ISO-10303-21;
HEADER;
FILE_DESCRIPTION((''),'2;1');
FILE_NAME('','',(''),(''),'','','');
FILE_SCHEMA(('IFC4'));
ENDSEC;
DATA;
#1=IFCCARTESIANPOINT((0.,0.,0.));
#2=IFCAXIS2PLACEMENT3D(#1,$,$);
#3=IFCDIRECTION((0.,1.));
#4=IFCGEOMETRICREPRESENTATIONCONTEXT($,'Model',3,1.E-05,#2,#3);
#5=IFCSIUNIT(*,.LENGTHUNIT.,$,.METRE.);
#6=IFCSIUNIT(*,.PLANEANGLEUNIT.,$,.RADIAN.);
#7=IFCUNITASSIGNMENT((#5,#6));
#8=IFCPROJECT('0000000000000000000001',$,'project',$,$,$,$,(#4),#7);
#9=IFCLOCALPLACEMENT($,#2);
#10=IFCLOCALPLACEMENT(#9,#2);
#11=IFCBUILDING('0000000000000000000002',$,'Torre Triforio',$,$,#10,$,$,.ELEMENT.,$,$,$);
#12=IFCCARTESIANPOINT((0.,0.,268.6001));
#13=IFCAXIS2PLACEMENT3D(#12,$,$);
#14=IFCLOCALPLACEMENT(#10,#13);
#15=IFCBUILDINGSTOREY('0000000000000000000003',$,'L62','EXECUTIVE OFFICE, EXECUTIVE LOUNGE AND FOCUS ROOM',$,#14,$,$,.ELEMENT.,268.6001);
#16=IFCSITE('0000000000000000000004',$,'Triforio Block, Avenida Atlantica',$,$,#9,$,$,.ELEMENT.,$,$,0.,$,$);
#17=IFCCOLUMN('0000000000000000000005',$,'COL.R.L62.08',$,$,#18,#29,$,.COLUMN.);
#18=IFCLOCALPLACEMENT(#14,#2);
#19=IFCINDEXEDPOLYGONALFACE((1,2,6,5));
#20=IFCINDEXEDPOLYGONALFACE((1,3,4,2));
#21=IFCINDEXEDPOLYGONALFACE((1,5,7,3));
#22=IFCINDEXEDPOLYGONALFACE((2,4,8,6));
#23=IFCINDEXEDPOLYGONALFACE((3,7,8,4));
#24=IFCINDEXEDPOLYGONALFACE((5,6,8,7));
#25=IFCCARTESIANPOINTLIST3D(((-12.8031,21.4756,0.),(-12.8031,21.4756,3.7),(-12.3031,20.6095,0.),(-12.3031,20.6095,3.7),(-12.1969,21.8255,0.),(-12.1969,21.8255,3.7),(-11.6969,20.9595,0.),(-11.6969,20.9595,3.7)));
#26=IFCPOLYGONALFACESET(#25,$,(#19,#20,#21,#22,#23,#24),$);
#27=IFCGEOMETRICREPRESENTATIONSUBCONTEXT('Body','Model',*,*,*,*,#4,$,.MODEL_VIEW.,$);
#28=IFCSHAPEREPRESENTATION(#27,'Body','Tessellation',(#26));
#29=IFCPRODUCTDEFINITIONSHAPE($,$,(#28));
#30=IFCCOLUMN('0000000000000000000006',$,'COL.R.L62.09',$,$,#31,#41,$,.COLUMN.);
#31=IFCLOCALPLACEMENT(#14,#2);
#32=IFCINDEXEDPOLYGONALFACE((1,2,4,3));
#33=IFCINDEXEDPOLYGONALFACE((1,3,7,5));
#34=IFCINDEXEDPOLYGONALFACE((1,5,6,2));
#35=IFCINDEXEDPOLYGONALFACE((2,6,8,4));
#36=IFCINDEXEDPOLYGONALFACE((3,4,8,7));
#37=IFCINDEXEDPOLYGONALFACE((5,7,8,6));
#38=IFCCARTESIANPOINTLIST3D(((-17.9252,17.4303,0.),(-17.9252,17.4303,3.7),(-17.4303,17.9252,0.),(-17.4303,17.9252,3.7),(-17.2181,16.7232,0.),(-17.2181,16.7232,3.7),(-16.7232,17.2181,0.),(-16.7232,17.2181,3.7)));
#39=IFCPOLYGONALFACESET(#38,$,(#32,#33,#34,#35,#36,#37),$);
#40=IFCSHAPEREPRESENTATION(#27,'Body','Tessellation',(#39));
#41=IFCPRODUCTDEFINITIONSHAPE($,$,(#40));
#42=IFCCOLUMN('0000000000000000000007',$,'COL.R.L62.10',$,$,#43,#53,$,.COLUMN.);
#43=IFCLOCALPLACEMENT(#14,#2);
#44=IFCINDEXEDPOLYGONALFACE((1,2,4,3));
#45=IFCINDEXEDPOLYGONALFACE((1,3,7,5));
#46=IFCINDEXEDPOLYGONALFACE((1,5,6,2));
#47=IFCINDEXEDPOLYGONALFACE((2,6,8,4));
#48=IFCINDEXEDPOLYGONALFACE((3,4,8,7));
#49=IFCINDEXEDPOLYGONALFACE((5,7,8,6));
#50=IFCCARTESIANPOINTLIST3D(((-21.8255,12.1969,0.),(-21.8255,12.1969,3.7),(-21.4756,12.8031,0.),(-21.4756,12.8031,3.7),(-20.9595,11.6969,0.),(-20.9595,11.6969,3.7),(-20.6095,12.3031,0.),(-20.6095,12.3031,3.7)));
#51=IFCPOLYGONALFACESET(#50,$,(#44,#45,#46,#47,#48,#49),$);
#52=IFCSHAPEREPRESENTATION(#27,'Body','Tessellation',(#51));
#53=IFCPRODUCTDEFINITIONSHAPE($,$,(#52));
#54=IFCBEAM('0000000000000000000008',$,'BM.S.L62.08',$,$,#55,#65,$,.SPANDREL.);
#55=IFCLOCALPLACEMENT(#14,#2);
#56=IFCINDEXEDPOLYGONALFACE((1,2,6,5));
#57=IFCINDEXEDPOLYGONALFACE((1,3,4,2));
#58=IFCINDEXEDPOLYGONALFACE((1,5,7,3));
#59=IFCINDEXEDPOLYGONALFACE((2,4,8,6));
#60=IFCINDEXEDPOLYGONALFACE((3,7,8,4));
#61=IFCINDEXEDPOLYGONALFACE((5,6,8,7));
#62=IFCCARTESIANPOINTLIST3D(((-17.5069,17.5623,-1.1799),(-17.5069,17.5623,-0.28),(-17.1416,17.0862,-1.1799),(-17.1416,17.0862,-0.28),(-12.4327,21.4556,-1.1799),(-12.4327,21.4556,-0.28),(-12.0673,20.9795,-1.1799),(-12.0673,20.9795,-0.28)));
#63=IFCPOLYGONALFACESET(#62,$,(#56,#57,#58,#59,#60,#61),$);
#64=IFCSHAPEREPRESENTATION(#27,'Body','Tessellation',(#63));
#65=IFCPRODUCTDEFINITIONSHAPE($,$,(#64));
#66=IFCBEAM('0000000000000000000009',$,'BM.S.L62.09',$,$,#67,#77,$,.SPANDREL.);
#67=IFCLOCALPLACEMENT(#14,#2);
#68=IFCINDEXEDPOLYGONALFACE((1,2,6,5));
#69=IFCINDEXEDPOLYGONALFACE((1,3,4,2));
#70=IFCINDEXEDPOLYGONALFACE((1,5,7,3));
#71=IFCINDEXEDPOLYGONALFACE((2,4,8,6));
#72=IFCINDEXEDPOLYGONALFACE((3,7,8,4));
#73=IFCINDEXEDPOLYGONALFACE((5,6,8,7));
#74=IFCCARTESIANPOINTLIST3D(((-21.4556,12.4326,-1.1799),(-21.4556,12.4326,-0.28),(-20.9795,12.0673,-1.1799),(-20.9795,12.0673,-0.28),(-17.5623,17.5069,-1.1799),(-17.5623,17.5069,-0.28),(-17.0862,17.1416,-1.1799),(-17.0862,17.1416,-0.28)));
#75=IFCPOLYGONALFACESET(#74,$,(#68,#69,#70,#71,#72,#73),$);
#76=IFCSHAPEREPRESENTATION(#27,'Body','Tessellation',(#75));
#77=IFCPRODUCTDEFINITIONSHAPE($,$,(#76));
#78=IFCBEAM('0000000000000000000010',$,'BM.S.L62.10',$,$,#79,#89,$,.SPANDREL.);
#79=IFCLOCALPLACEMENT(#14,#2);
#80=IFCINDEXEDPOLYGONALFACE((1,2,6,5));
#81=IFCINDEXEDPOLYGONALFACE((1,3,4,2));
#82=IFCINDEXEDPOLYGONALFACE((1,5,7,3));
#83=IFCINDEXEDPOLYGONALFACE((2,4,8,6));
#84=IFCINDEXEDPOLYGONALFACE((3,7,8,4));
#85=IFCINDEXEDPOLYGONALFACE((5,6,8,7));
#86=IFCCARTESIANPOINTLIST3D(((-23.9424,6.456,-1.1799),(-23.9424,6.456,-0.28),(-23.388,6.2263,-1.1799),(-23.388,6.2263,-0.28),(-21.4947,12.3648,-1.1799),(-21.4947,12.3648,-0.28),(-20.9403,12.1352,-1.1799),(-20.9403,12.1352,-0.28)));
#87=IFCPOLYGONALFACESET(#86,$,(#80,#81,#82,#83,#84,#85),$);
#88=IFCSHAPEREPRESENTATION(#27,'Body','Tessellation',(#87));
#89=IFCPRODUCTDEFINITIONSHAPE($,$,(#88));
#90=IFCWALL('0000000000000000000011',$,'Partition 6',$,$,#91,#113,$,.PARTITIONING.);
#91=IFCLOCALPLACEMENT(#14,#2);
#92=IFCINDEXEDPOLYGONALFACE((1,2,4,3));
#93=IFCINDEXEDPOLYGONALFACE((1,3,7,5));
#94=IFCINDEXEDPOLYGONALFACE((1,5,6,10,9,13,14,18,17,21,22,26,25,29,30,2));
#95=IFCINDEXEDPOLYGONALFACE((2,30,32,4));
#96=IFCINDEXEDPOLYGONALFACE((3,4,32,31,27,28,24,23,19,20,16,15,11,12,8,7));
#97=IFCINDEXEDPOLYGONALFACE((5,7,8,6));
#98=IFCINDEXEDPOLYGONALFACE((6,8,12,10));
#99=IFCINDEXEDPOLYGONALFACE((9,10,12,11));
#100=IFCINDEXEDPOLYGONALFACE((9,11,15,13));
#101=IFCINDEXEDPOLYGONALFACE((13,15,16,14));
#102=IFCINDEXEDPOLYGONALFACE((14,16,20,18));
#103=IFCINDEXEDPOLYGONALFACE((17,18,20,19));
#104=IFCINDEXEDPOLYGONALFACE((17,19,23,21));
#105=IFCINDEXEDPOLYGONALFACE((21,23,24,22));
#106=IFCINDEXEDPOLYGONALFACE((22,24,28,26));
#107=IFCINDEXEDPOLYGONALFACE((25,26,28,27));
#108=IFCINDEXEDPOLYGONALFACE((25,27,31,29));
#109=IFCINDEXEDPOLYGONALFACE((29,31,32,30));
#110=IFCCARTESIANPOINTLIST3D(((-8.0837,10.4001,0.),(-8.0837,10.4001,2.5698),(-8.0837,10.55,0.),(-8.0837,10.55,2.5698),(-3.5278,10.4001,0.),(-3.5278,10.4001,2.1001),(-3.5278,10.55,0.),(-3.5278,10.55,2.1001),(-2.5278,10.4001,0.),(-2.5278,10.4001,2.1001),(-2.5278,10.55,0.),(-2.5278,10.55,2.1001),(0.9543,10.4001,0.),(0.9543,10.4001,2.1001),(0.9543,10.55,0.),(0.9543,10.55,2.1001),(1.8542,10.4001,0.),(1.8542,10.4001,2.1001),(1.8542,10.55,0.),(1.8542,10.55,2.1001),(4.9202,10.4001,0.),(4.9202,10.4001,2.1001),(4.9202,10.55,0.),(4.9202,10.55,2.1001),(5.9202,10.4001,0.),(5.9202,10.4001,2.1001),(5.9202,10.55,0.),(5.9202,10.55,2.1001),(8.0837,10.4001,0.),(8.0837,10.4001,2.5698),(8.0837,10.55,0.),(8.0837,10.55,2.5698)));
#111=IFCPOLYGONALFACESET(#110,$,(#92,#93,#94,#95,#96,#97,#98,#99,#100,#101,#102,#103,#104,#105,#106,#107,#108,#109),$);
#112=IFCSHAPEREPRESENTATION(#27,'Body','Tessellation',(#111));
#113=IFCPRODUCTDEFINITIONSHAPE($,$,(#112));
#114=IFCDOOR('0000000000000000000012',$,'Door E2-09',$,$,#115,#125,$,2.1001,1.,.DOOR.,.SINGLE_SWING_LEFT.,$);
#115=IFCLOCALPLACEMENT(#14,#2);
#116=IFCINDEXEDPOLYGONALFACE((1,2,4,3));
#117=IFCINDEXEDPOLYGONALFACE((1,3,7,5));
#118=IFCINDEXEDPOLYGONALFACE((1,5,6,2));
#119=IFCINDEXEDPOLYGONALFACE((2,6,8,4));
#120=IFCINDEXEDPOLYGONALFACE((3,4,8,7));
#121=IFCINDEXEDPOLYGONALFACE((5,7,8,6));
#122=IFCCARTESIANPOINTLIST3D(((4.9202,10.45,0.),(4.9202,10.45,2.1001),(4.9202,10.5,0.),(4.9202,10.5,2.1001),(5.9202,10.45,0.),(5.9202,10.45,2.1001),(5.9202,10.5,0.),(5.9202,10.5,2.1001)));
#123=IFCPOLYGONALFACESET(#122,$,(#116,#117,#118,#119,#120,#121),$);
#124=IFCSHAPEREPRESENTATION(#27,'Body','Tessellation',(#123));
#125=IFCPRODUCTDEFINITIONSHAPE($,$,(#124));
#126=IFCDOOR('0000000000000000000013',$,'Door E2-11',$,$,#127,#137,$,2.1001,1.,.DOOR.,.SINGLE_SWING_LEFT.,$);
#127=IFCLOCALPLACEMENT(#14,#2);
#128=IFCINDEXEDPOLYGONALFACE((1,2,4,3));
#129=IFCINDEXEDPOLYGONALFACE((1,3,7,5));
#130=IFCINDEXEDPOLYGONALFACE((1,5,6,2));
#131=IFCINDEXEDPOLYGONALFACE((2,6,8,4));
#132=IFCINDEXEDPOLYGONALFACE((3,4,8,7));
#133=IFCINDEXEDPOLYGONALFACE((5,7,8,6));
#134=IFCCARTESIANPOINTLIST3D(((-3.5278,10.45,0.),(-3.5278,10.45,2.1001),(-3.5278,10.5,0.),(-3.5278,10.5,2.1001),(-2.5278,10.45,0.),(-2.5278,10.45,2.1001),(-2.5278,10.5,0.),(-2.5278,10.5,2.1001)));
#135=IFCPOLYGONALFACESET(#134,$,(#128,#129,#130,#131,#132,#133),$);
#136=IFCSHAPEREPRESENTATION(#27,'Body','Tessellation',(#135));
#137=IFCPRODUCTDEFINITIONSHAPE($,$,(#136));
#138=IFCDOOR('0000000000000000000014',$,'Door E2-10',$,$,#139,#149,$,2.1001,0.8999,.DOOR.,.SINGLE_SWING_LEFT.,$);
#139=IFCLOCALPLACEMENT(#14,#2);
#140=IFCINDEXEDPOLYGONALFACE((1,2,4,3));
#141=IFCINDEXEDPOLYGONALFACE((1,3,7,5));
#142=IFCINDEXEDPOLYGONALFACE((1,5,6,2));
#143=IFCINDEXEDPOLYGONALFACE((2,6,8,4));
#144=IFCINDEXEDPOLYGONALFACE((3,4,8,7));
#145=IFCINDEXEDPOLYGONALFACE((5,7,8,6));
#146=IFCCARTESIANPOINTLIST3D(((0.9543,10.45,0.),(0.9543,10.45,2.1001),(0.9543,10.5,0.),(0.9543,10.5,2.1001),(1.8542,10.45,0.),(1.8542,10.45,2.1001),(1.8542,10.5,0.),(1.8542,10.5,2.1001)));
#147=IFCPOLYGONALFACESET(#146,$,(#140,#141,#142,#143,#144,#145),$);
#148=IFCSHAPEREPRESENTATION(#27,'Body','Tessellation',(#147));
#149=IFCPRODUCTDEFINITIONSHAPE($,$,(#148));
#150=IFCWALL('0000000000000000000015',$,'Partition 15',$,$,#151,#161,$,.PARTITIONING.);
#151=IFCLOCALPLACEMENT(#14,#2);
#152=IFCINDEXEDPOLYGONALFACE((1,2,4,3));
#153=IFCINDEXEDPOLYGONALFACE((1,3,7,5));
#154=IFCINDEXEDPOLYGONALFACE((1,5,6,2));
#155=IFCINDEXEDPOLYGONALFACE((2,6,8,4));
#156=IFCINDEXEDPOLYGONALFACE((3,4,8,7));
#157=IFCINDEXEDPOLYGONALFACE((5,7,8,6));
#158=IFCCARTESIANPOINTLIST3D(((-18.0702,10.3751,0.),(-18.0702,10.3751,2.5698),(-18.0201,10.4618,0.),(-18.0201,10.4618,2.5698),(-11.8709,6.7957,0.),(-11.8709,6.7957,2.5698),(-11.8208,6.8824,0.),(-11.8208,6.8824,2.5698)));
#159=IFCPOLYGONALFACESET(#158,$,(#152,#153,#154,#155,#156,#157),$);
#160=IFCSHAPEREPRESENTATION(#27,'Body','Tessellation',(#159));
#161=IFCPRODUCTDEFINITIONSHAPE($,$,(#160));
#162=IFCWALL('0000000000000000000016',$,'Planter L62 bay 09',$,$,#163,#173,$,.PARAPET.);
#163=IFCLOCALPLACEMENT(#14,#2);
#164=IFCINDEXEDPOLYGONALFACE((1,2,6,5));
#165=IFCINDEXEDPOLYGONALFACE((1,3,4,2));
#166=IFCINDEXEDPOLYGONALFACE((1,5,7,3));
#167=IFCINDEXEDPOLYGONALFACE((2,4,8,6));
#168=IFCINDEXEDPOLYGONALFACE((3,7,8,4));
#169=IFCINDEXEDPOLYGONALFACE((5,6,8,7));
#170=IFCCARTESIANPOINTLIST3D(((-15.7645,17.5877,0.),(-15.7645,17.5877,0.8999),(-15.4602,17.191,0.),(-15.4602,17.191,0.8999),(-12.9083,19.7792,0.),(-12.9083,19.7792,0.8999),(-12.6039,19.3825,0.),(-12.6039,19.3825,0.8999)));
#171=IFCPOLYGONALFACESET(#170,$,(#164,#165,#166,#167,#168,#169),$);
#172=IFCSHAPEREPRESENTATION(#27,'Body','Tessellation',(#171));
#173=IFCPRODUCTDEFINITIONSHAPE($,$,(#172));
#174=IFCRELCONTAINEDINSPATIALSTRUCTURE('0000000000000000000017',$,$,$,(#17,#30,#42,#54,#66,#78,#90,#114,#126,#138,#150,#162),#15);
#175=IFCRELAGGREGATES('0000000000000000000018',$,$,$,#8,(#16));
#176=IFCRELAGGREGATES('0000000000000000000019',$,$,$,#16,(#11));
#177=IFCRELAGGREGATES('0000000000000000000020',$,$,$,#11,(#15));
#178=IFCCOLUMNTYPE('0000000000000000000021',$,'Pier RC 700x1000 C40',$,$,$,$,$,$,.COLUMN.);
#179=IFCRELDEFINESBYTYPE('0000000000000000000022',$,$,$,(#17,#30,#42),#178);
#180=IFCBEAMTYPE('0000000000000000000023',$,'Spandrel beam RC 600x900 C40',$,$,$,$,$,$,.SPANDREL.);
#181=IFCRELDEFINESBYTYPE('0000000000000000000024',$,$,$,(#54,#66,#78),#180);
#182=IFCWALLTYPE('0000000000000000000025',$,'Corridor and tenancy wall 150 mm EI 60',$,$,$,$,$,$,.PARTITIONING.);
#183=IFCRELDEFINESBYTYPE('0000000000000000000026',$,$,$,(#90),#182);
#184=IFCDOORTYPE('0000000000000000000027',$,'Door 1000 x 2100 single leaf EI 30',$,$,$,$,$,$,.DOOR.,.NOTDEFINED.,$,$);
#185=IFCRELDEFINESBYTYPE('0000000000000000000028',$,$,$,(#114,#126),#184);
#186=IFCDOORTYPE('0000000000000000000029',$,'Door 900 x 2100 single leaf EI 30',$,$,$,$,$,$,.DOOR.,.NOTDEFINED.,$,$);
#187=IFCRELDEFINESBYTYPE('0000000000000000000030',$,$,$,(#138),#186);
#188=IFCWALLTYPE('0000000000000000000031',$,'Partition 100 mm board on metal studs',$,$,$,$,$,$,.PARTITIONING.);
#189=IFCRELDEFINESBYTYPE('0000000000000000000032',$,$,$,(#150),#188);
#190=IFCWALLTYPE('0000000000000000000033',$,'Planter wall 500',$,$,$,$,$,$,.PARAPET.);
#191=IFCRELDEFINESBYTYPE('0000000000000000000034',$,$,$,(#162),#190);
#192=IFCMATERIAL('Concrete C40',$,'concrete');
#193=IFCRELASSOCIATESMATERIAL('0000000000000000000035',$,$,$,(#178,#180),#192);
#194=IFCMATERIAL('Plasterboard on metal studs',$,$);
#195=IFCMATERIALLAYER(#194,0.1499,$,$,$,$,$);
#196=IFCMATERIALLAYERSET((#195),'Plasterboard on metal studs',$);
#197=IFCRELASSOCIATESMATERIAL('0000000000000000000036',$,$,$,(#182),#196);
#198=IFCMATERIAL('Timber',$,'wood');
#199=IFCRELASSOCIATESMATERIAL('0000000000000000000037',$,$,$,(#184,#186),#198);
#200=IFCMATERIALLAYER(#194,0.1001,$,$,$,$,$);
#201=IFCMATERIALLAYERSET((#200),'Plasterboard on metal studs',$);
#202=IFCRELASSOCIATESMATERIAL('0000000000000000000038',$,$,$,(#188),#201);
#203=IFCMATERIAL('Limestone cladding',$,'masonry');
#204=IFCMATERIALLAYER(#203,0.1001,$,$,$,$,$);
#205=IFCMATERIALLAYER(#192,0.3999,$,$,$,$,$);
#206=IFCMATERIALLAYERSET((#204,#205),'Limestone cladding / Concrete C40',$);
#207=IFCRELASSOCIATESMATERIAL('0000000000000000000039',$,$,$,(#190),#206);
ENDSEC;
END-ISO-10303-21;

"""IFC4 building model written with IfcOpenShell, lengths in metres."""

from ifc_helpers import new_model, si_unit, direction, frame, frame_2d, origin, origin_2d, place, context, subcontext, project, spatial, rectangle, extrude, material, layer, layer_set, material_profile, profile_set, type_object, element, fill, save


model = new_model("IFC4")

# Units and contexts
model_context = context("Model", 3, precision=1e-05, world=origin(), true_north=direction((0.0, 1.0)))
body_context = subcontext(model_context, "Body", "Model", "MODEL_VIEW")
ifc_project = project(units=[si_unit("LENGTHUNIT", "METRE"), si_unit("PLANEANGLEUNIT", "RADIAN")], contexts=[model_context])

# Site, building, storey
site_placement = place(None, origin())
site = spatial("IfcSite", under=ifc_project, at=site_placement, Name="Triforio Block, Avenida Atlantica", CompositionType="ELEMENT", RefElevation=0.0)
building_placement = place(site_placement, origin())
building = spatial("IfcBuilding", under=site, at=building_placement, Name="Torre Triforio", CompositionType="ELEMENT")
storey_placement = place(building_placement, frame((0.0, 0.0, 268.6001)))
storey = spatial("IfcBuildingStorey", under=building, at=storey_placement, Name="L62", Description="EXECUTIVE OFFICE, EXECUTIVE LOUNGE AND FOCUS ROOM", CompositionType="ELEMENT", Elevation=268.6001)

# Columns
ifc_material_1 = material(Name="Concrete C40", Category="concrete")
ifc_material_profile_1 = material_profile(ifc_material_1, rectangle(XDim=0.7, YDim=1.0, at=origin_2d()), Name="RC 700x1000")
ifc_profile_set_1 = profile_set([ifc_material_profile_1], Name="Concrete C40")
column_type = type_object("IfcColumnType", Name="Pier RC 700x1000 C40", PredefinedType="COLUMN", material=ifc_profile_set_1)
for number, where, z_axis, x_axis, name in (
    (1, (-12.25, 21.2175, 0.0), (0.0, 0.0, 1.0), (-0.866025, -0.5, 0.0), "COL.R.L62.08"),
    (2, (-17.3242, 17.3242, 0.0), (0.0, 0.0, 1.0), (-0.707107, -0.707107, 0.0), "COL.R.L62.09"),
    (3, (-21.2175, 12.25, 0.0), (0.0, 0.0, 1.0), (-0.5, -0.866025, 0.0), "COL.R.L62.10"),
):
    element("IfcColumn", number, at=place(storey_placement, frame(where, z_axis=z_axis, x_axis=x_axis)), inside=storey, type_object=column_type, Name=name, PredefinedType="COLUMN", context=body_context, shape_type="SweptSolid", body=[
        extrude(rectangle(XDim=0.7, YDim=1.0, at=origin_2d()), origin(), (0.0, 0.0, 1.0), 3.7),
    ])

# Beams
ifc_material_profile_2 = material_profile(ifc_material_1, rectangle(XDim=0.6001, YDim=0.8999, at=origin_2d()), Name="RC 600x900")
ifc_profile_set_2 = profile_set([ifc_material_profile_2], Name="Concrete C40")
beam_type = type_object("IfcBeamType", Name="Spandrel beam RC 600x900 C40", PredefinedType="SPANDREL", material=ifc_profile_set_2)
for number, where, z_axis, x_axis, name in (
    (4, (-12.25, 21.2175, -0.73), (-0.793374, -0.608734, 0.0), (0.608734, -0.793374, 0.0), "BM.S.L62.08"),
    (5, (-17.3242, 17.3242, -0.73), (-0.608734, -0.793374, 0.0), (0.793374, -0.608734, 0.0), "BM.S.L62.09"),
    (6, (-21.2175, 12.25, -0.73), (-0.382709, -0.923869, 0.0), (0.923869, -0.382709, 0.0), "BM.S.L62.10"),
):
    element("IfcBeam", number, at=place(storey_placement, frame(where, z_axis=z_axis, x_axis=x_axis)), inside=storey, type_object=beam_type, Name=name, PredefinedType="SPANDREL", context=body_context, shape_type="SweptSolid", body=[
        extrude(rectangle(XDim=0.6001, YDim=0.8999, at=origin_2d()), origin(), (0.0, 0.0, 1.0), 6.3958),
    ])

# Wall, openings, doors
ifc_material_2 = material(Name="Plasterboard on metal studs")
ifc_layer_1 = layer(ifc_material_2, 0.1499)
ifc_layer_set_1 = layer_set([ifc_layer_1], Name="Plasterboard on metal studs")
wall_type_1 = type_object("IfcWallType", Name="Corridor and tenancy wall 150 mm EI 60", PredefinedType="PARTITIONING", material=ifc_layer_set_1)
wall_1_placement = place(storey_placement, frame((-8.0837, 10.4751, 0.0), z_axis=(0.0, 0.0, 1.0), x_axis=(1.0, 0.0, 0.0)))
wall_1 = element("IfcWall", 7, at=wall_1_placement, inside=storey, type_object=wall_type_1, Name="Partition 6", PredefinedType="PARTITIONING", context=body_context, shape_type="SweptSolid", body=[
    extrude(rectangle(XDim=16.1675, YDim=0.1499, at=frame_2d((8.0837, 0.0))), origin(), (0.0, 0.0, 1.0), 2.5698),
])
opening_1_placement = place(wall_1_placement, frame((13.0039, 0.0, 0.0)))
opening_1 = element("IfcOpeningElement", 8, at=opening_1_placement, cuts=wall_1, PredefinedType="OPENING", context=body_context, shape_type="SweptSolid", body=[
    extrude(rectangle(XDim=1.0, YDim=2.1001, at=frame_2d((0.5, 1.05))), frame((0.0, 0.085, 0.0), z_axis=(0.0, -1.0, 0.0), x_axis=(1.0, 0.0, 0.0)), (0.0, 0.0, 1.0), 0.1699),
])
opening_2_placement = place(wall_1_placement, frame((9.0381, 0.0, 0.0)))
opening_2 = element("IfcOpeningElement", 9, at=opening_2_placement, cuts=wall_1, PredefinedType="OPENING", context=body_context, shape_type="SweptSolid", body=[
    extrude(rectangle(XDim=0.8999, YDim=2.1001, at=frame_2d((0.45, 1.05))), frame((0.0, 0.085, 0.0), z_axis=(0.0, -1.0, 0.0), x_axis=(1.0, 0.0, 0.0)), (0.0, 0.0, 1.0), 0.1699),
])
opening_3_placement = place(wall_1_placement, frame((4.5559, 0.0, 0.0)))
opening_3 = element("IfcOpeningElement", 10, at=opening_3_placement, cuts=wall_1, PredefinedType="OPENING", context=body_context, shape_type="SweptSolid", body=[
    extrude(rectangle(XDim=1.0, YDim=2.1001, at=frame_2d((0.5, 1.05))), frame((0.0, 0.085, 0.0), z_axis=(0.0, -1.0, 0.0), x_axis=(1.0, 0.0, 0.0)), (0.0, 0.0, 1.0), 0.1699),
])
ifc_material_3 = material(Name="Timber", Category="wood")
door_type_1 = type_object("IfcDoorType", Name="Door 1000 x 2100 single leaf EI 30", OperationType="NOTDEFINED", PredefinedType="DOOR", material=ifc_material_3)
door_1_placement = place(opening_1_placement, origin())
door_1 = element("IfcDoor", 11, at=door_1_placement, inside=storey, type_object=door_type_1, Name="Door E2-09", OperationType="SINGLE_SWING_LEFT", OverallHeight=2.1001, OverallWidth=1.0, PredefinedType="DOOR", context=body_context, shape_type="SweptSolid", body=[
    extrude(rectangle(XDim=1.0, YDim=2.1001, at=frame_2d((0.5, 1.05))), frame((0.0, 0.0249, 0.0), z_axis=(0.0, -1.0, 0.0), x_axis=(1.0, 0.0, 0.0)), (0.0, 0.0, 1.0), 0.05),
])
fill(opening_1, door_1)
door_2_placement = place(opening_3_placement, origin())
door_2 = element("IfcDoor", 12, at=door_2_placement, inside=storey, type_object=door_type_1, Name="Door E2-11", OperationType="SINGLE_SWING_LEFT", OverallHeight=2.1001, OverallWidth=1.0, PredefinedType="DOOR", context=body_context, shape_type="SweptSolid", body=[
    extrude(rectangle(XDim=1.0, YDim=2.1001, at=frame_2d((0.5, 1.05))), frame((0.0, 0.0249, 0.0), z_axis=(0.0, -1.0, 0.0), x_axis=(1.0, 0.0, 0.0)), (0.0, 0.0, 1.0), 0.05),
])
fill(opening_3, door_2)
door_type_2 = type_object("IfcDoorType", Name="Door 900 x 2100 single leaf EI 30", OperationType="NOTDEFINED", PredefinedType="DOOR", material=ifc_material_3)
door_3_placement = place(opening_2_placement, origin())
door_3 = element("IfcDoor", 13, at=door_3_placement, inside=storey, type_object=door_type_2, Name="Door E2-10", OperationType="SINGLE_SWING_LEFT", OverallHeight=2.1001, OverallWidth=0.8999, PredefinedType="DOOR", context=body_context, shape_type="SweptSolid", body=[
    extrude(rectangle(XDim=0.8999, YDim=2.1001, at=frame_2d((0.45, 1.05))), frame((0.0, 0.0249, 0.0), z_axis=(0.0, -1.0, 0.0), x_axis=(1.0, 0.0, 0.0)), (0.0, 0.0, 1.0), 0.05),
])
fill(opening_2, door_3)

# Walls
ifc_layer_2 = layer(ifc_material_2, 0.1001)
ifc_layer_set_2 = layer_set([ifc_layer_2], Name="Plasterboard on metal studs")
wall_type_2 = type_object("IfcWallType", Name="Partition 100 mm board on metal studs", PredefinedType="PARTITIONING", material=ifc_layer_set_2)
wall_2_placement = place(storey_placement, frame((-11.8459, 6.8391, 0.0), z_axis=(0.0, 0.0, 1.0), x_axis=(-0.866012, 0.500024, 0.0)))
element("IfcWall", 14, at=wall_2_placement, inside=storey, type_object=wall_type_2, Name="Partition 15", PredefinedType="PARTITIONING", context=body_context, shape_type="SweptSolid", body=[
    extrude(rectangle(XDim=7.1584, YDim=0.1001, at=frame_2d((3.5791, 0.0))), origin(), (0.0, 0.0, 1.0), 2.5698),
])
ifc_material_4 = material(Name="Limestone cladding", Category="masonry")
ifc_layer_3 = layer(ifc_material_4, 0.1001)
ifc_layer_4 = layer(ifc_material_1, 0.3999)
ifc_layer_set_3 = layer_set([ifc_layer_3, ifc_layer_4], Name="Limestone cladding / Concrete C40")
wall_type_3 = type_object("IfcWallType", Name="Planter wall 500", PredefinedType="PARAPET", material=ifc_layer_set_3)
wall_3_placement = place(storey_placement, frame((-12.7561, 19.5808, 0.0), z_axis=(0.0, 0.0, 1.0), x_axis=(-0.793385, -0.608721, 0.0)))
element("IfcWall", 15, at=wall_3_placement, inside=storey, type_object=wall_type_3, Name="Planter L62 bay 09", PredefinedType="PARAPET", context=body_context, shape_type="SweptSolid", body=[
    extrude(rectangle(XDim=3.6001, YDim=0.5, at=frame_2d((1.8, 0.0))), origin(), (0.0, 0.0, 1.0), 0.8999),
])

save(model, "model.ifc")
